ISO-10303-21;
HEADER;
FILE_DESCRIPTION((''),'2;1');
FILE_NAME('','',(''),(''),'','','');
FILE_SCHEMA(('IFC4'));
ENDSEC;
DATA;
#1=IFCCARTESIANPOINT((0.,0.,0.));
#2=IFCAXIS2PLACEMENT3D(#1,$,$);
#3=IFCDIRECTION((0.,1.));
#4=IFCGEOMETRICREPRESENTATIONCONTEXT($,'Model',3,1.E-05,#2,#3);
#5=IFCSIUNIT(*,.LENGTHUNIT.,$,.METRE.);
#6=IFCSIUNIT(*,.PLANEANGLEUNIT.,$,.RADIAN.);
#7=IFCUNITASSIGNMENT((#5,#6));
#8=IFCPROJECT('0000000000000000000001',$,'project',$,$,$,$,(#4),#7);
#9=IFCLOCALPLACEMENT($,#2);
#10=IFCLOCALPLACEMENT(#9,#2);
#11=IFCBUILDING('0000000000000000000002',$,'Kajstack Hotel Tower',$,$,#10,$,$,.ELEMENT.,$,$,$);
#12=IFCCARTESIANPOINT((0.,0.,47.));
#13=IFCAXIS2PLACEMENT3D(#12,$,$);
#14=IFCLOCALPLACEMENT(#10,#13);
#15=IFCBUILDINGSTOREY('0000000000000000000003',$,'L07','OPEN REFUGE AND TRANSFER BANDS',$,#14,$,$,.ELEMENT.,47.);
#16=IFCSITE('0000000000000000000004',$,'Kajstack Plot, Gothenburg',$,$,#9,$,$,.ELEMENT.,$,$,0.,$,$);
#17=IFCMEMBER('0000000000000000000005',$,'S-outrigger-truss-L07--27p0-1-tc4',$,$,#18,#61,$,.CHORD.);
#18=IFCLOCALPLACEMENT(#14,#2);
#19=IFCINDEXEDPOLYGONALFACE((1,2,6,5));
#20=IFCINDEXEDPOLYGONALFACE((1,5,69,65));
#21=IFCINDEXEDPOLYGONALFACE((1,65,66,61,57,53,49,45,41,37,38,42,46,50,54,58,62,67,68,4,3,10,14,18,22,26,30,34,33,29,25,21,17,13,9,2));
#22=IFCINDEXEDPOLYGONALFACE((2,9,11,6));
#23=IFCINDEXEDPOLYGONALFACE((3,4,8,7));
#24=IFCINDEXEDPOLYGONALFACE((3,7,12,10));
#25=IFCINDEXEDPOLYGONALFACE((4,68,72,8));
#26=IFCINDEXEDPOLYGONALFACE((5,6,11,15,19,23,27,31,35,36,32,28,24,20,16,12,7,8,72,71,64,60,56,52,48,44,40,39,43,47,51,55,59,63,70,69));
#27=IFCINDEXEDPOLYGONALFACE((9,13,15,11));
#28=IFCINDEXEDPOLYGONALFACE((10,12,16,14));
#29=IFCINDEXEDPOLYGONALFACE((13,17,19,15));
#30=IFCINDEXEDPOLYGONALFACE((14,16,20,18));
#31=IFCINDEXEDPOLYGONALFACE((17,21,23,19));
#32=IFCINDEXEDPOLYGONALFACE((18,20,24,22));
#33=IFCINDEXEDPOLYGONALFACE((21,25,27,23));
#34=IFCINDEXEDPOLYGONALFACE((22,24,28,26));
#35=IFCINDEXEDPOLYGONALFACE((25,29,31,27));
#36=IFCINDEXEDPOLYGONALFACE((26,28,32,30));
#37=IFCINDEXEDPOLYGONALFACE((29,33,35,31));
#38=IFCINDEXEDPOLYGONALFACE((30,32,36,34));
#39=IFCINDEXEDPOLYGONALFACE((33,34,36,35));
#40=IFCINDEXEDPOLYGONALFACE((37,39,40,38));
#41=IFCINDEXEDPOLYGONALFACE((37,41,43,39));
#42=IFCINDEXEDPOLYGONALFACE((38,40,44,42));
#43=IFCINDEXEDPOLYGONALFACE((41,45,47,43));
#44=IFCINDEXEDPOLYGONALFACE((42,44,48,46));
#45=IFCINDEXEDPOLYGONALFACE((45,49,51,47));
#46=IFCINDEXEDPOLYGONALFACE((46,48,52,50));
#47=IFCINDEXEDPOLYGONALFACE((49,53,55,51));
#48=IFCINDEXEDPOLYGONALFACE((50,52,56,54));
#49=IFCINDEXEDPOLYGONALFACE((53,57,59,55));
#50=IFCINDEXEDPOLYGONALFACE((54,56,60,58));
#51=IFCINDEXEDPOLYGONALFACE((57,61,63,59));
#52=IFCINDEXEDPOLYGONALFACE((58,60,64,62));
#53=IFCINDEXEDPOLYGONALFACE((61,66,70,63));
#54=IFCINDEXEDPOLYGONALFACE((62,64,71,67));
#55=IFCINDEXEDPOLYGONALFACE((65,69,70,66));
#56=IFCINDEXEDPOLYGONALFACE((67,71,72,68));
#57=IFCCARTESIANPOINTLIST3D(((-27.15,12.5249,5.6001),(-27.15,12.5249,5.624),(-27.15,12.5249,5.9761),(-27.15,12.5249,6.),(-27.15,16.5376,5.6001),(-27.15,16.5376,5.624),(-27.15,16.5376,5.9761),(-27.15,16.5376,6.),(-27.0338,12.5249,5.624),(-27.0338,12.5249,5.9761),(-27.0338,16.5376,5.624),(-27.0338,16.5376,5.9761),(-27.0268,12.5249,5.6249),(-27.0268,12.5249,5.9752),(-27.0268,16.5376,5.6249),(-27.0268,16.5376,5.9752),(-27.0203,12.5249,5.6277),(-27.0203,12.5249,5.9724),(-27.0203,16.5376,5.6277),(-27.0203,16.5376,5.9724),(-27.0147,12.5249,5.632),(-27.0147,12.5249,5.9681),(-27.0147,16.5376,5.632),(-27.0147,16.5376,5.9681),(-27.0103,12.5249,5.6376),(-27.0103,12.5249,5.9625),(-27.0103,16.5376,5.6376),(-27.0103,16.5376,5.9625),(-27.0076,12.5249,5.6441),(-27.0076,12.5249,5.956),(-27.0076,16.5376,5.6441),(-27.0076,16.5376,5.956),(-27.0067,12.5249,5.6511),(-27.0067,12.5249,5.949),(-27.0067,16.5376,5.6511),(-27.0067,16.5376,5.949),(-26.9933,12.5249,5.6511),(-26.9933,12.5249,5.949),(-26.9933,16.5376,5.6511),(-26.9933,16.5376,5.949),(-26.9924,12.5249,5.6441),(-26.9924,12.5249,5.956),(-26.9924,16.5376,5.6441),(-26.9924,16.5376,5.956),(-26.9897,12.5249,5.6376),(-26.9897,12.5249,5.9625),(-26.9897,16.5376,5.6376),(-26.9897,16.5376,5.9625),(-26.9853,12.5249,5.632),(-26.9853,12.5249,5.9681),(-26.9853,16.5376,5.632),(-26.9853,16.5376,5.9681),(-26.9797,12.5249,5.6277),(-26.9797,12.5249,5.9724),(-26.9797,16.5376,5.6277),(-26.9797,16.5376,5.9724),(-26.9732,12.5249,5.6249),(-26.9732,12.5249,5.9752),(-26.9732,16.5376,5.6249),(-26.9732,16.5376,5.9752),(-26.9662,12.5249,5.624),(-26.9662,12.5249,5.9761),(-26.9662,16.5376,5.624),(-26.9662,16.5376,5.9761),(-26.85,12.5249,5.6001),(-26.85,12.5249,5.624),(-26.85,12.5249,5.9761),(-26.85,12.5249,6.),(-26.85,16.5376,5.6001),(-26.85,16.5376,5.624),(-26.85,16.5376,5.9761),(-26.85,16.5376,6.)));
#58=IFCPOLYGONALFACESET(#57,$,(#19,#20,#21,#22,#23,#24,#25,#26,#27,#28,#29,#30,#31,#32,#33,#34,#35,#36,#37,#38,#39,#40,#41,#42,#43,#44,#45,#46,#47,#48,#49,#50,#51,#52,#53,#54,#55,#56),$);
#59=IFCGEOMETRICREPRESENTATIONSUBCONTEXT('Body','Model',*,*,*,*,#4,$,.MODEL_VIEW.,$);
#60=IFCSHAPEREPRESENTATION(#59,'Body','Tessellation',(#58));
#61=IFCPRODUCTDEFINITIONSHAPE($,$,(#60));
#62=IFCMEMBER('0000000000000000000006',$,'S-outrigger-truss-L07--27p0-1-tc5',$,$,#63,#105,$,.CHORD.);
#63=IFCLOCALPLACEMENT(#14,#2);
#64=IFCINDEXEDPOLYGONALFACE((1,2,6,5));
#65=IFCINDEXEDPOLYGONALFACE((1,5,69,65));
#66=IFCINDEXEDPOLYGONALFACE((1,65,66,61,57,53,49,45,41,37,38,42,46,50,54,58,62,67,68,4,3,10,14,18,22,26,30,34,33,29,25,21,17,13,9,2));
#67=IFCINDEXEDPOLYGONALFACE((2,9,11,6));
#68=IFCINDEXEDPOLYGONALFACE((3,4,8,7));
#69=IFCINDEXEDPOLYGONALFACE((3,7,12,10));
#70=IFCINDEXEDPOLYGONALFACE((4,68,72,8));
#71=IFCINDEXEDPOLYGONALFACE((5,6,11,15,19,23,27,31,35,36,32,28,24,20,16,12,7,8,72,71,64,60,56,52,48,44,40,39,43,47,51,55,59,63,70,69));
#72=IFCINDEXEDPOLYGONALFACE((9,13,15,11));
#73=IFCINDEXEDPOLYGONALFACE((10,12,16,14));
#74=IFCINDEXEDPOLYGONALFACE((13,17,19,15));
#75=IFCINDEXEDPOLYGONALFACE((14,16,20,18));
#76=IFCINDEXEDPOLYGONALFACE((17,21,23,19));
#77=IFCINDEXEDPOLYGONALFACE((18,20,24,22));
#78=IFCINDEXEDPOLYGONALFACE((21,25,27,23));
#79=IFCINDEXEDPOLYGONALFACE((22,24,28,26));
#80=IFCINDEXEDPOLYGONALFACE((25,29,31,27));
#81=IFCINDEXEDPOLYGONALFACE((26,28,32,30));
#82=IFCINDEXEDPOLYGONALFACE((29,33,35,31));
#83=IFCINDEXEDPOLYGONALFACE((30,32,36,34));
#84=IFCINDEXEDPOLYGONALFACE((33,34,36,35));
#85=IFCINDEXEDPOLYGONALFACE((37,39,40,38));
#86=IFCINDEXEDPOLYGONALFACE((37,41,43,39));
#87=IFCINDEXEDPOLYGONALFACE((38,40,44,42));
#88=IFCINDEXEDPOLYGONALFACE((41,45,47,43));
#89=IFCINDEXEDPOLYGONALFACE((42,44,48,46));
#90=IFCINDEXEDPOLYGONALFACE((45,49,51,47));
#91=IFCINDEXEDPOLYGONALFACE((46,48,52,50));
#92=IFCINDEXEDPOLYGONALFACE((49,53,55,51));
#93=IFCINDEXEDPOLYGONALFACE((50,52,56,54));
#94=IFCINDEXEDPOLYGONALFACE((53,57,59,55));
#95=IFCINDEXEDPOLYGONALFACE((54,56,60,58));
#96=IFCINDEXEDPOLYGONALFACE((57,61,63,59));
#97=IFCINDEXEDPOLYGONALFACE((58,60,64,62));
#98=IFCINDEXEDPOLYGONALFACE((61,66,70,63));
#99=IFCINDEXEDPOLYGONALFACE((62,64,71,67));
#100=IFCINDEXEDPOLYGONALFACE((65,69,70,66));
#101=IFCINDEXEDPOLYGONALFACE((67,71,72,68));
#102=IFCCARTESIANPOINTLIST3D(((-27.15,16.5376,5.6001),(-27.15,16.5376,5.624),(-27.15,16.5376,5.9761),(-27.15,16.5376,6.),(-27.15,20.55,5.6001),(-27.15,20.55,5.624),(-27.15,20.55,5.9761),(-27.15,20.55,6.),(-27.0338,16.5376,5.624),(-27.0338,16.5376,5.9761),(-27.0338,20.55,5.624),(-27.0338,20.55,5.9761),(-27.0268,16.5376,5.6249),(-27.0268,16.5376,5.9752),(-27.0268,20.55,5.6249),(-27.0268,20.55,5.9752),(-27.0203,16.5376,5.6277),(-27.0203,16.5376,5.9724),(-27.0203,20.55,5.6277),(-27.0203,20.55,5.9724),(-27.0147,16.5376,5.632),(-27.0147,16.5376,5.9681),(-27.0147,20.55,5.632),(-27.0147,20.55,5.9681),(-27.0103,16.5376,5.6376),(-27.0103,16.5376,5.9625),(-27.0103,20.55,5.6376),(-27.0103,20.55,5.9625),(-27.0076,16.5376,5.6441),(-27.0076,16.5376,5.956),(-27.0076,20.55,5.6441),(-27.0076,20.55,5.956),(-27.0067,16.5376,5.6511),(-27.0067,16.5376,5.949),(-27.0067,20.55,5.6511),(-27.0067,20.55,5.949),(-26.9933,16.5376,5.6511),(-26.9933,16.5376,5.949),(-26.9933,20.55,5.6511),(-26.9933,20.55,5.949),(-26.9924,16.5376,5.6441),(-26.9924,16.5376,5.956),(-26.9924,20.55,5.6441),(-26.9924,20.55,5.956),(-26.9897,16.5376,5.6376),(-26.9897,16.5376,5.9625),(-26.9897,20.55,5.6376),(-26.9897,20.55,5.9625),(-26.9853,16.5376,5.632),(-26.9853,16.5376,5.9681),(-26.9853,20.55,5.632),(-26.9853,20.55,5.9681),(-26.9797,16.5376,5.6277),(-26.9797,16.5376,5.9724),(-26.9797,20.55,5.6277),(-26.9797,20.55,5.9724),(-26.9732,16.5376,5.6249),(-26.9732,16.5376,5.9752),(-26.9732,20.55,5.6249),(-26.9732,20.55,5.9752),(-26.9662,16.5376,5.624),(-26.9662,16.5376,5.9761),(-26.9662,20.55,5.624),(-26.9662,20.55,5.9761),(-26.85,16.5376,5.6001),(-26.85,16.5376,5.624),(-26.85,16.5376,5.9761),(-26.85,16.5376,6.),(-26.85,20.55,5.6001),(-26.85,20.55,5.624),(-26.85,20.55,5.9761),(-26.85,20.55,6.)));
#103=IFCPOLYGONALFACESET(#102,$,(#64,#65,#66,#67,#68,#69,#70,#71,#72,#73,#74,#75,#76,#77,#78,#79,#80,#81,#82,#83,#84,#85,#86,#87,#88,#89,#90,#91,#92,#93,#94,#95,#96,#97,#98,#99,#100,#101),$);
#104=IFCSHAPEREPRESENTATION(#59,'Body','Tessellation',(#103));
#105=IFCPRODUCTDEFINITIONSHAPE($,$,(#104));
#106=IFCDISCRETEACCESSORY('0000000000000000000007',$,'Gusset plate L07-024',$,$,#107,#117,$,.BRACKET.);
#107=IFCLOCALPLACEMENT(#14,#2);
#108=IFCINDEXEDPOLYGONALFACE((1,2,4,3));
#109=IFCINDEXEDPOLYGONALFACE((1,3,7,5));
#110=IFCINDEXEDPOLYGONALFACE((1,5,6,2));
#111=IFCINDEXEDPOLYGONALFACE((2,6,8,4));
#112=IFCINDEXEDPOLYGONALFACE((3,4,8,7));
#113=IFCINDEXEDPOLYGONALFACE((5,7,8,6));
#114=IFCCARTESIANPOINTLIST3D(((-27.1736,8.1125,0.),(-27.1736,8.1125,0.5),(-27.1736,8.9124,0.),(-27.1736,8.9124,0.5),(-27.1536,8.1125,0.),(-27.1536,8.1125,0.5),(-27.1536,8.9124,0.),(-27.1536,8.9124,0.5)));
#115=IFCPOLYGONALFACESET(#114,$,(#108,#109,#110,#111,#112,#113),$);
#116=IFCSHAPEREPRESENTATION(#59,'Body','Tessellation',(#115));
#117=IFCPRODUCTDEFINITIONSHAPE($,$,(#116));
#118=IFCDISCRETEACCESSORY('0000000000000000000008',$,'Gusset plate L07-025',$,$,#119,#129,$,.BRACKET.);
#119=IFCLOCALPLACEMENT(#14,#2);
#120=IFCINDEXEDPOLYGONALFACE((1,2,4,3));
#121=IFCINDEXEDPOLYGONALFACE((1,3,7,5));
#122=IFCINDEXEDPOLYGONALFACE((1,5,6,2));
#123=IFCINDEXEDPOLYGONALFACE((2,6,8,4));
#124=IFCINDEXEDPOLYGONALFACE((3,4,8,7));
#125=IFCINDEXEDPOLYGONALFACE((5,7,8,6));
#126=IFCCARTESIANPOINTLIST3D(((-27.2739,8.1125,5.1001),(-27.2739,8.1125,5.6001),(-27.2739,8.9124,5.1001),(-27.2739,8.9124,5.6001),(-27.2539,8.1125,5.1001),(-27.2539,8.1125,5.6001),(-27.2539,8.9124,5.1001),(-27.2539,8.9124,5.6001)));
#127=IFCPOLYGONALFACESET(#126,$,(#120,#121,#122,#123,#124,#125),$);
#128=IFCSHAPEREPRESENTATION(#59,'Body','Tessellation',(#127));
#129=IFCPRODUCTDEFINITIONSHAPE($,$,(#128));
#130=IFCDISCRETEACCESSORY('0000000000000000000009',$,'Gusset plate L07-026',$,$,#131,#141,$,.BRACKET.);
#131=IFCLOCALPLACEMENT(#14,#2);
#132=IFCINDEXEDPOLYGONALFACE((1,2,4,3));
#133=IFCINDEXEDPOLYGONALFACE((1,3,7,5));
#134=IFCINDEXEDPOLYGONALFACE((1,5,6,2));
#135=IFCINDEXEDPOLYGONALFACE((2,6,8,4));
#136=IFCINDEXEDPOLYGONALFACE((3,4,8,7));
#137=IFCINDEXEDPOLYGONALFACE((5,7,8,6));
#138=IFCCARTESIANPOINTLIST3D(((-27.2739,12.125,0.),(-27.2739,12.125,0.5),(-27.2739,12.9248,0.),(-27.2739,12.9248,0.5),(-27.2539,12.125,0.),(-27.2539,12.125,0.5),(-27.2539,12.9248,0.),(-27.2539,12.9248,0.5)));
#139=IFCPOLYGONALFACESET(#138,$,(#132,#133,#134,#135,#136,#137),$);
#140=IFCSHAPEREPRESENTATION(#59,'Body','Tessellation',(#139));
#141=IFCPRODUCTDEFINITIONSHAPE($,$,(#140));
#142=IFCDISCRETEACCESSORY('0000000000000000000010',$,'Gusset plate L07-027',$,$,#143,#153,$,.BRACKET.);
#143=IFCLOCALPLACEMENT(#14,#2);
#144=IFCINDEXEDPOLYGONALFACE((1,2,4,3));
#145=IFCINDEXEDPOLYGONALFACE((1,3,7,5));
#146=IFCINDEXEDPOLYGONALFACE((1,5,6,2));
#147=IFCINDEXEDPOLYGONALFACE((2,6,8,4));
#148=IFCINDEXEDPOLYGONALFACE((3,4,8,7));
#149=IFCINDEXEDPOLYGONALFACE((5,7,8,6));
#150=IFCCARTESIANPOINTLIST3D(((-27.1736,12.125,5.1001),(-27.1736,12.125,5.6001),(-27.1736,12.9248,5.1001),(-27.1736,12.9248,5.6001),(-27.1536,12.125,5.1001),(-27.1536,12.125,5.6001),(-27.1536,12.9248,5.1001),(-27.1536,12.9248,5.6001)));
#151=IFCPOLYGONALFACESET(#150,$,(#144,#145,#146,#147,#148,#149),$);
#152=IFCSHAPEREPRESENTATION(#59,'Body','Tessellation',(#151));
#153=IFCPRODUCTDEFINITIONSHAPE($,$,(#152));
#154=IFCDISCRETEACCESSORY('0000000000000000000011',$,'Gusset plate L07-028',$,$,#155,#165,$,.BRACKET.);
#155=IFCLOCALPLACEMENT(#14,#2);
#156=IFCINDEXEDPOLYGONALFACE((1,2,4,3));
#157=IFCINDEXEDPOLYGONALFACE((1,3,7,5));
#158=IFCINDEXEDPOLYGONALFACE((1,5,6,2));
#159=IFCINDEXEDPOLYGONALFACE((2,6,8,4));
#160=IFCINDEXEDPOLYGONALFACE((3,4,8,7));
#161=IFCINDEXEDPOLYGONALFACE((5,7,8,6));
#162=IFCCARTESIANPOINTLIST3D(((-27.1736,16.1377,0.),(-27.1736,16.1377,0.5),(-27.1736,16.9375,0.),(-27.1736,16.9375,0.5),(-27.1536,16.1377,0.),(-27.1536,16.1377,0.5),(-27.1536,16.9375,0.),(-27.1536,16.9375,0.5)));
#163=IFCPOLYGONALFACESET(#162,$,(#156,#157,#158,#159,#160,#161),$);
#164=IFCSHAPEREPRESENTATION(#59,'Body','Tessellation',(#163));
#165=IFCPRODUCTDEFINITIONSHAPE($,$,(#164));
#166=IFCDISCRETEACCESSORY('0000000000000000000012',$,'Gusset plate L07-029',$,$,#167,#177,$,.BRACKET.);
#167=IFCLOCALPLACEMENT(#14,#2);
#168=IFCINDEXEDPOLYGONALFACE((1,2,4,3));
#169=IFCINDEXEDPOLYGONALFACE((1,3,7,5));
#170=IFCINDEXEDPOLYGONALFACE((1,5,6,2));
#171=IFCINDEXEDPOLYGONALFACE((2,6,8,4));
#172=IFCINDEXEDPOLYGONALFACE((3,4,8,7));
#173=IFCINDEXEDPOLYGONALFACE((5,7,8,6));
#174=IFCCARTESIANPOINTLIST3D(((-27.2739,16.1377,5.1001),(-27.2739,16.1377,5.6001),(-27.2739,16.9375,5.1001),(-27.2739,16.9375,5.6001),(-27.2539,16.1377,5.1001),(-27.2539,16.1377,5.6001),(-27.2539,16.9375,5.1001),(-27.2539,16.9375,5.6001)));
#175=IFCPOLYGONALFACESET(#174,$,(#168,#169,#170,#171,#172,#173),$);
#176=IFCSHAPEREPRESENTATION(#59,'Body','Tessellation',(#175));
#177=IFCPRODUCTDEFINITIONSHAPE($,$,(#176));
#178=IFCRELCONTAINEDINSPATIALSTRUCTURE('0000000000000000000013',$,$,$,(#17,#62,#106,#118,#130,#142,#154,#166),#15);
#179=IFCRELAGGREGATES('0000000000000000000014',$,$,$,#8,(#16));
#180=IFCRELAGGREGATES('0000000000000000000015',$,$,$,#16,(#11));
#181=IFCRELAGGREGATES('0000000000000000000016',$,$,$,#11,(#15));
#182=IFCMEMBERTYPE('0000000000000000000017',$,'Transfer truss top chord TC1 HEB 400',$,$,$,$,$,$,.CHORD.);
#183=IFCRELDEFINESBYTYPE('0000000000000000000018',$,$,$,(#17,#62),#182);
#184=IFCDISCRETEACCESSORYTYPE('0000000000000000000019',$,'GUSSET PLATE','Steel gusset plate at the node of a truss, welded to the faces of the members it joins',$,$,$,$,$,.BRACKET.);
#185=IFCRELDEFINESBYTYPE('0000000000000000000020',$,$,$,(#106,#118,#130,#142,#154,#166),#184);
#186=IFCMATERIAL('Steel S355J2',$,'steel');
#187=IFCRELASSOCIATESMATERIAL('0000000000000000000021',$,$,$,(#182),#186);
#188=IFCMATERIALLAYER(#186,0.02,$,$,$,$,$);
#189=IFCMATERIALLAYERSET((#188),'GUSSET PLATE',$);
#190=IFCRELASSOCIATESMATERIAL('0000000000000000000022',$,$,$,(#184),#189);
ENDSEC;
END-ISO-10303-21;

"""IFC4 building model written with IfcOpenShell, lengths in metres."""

from ifc_helpers import new_model, si_unit, direction, frame, origin, origin_2d, place, context, subcontext, project, spatial, polyline, i_section, outline, extrude, material, layer, layer_set, material_profile, profile_set, type_object, element, save


model = new_model("IFC4")

# Units and contexts
model_context = context("Model", 3, precision=1e-05, world=origin(), true_north=direction((0.0, 1.0)))
body_context = subcontext(model_context, "Body", "Model", "MODEL_VIEW")
ifc_project = project(units=[si_unit("LENGTHUNIT", "METRE"), si_unit("PLANEANGLEUNIT", "RADIAN")], contexts=[model_context])

# Site, building, storey
site_placement = place(None, origin())
site = spatial("IfcSite", under=ifc_project, at=site_placement, Name="Kajstack Plot, Gothenburg", CompositionType="ELEMENT", RefElevation=0.0)
building_placement = place(site_placement, origin())
building = spatial("IfcBuilding", under=site, at=building_placement, Name="Kajstack Hotel Tower", CompositionType="ELEMENT")
storey_placement = place(building_placement, frame((0.0, 0.0, 47.0)))
storey = spatial("IfcBuildingStorey", under=building, at=storey_placement, Name="L07", Description="OPEN REFUGE AND TRANSFER BANDS", CompositionType="ELEMENT", Elevation=47.0)

# Members
ifc_material = material(Name="Steel S355J2", Category="steel")
ifc_material_profile_1 = material_profile(ifc_material, i_section(OverallWidth=0.3, OverallDepth=0.3999, WebThickness=0.0134, FlangeThickness=0.0239, FilletRadius=0.0271, at=origin_2d()), Name="HEB 400")
ifc_profile_set_1 = profile_set([ifc_material_profile_1], Name="Steel S355J2")
member_type_1 = type_object("IfcMemberType", Name="Transfer truss top chord TC1 HEB 400", PredefinedType="CHORD", material=ifc_profile_set_1)
member_1_placement = place(storey_placement, frame((-27.0, 12.5249, 5.8), z_axis=(0.0, 1.0, 0.0), x_axis=(-1.0, 0.0, 0.0)))
element("IfcMember", 1, at=member_1_placement, inside=storey, type_object=member_type_1, Name="S-outrigger-truss-L07--27p0-1-tc4", PredefinedType="CHORD", context=body_context, shape_type="SweptSolid", body=[
    extrude(i_section(OverallWidth=0.3, OverallDepth=0.3999, WebThickness=0.0134, FlangeThickness=0.0239, FilletRadius=0.0271, at=origin_2d()), origin(), (0.0, 0.0, 1.0), 4.0127),
])
member_2_placement = place(storey_placement, frame((-27.0, 16.5376, 5.8), z_axis=(0.0, 1.0, 0.0), x_axis=(-1.0, 0.0, 0.0)))
element("IfcMember", 2, at=member_2_placement, inside=storey, type_object=member_type_1, Name="S-outrigger-truss-L07--27p0-1-tc5", PredefinedType="CHORD", context=body_context, shape_type="SweptSolid", body=[
    extrude(i_section(OverallWidth=0.3, OverallDepth=0.3999, WebThickness=0.0134, FlangeThickness=0.0239, FilletRadius=0.0271, at=origin_2d()), origin(), (0.0, 0.0, 1.0), 4.0125),
])

# Discrete accessories
ifc_layer = layer(ifc_material, 0.02)
ifc_layer_set = layer_set([ifc_layer], Name="GUSSET PLATE")
discrete_accessory_type = type_object("IfcDiscreteAccessoryType", Name="GUSSET PLATE", Description="Steel gusset plate at the node of a truss, welded to the faces of the members it joins", PredefinedType="BRACKET", material=ifc_layer_set)
for number, where, z_axis, x_axis, name in (
    (3, (-27.1736, 8.5125, 0.0), (1.0, 0.0, 0.0), (0.0, 1.0, 0.0), "Gusset plate L07-024"),
    (4, (-27.2739, 8.5125, 5.1001), (1.0, 0.0, 0.0), (0.0, 1.0, 0.0), "Gusset plate L07-025"),
    (5, (-27.2739, 12.5249, 0.0), (1.0, 0.0, 0.0), (0.0, 1.0, 0.0), "Gusset plate L07-026"),
    (6, (-27.1736, 12.5249, 5.1001), (1.0, 0.0, 0.0), (0.0, 1.0, 0.0), "Gusset plate L07-027"),
    (7, (-27.1736, 16.5376, 0.0), (1.0, 0.0, 0.0), (0.0, 1.0, 0.0), "Gusset plate L07-028"),
    (8, (-27.2739, 16.5376, 5.1001), (1.0, 0.0, 0.0), (0.0, 1.0, 0.0), "Gusset plate L07-029"),
):
    element("IfcDiscreteAccessory", number, at=place(storey_placement, frame(where, z_axis=z_axis, x_axis=x_axis)), inside=storey, type_object=discrete_accessory_type, Name=name, PredefinedType="BRACKET", context=body_context, shape_type="SweptSolid", body=[
        extrude(outline(polyline([(-0.3999, 0.0), (0.3999, 0.0), (0.3999, 0.5), (-0.3999, 0.5), (-0.3999, 0.0)])), origin(), (0.0, 0.0, 1.0), 0.02),
    ])

save(model, "model.ifc")
